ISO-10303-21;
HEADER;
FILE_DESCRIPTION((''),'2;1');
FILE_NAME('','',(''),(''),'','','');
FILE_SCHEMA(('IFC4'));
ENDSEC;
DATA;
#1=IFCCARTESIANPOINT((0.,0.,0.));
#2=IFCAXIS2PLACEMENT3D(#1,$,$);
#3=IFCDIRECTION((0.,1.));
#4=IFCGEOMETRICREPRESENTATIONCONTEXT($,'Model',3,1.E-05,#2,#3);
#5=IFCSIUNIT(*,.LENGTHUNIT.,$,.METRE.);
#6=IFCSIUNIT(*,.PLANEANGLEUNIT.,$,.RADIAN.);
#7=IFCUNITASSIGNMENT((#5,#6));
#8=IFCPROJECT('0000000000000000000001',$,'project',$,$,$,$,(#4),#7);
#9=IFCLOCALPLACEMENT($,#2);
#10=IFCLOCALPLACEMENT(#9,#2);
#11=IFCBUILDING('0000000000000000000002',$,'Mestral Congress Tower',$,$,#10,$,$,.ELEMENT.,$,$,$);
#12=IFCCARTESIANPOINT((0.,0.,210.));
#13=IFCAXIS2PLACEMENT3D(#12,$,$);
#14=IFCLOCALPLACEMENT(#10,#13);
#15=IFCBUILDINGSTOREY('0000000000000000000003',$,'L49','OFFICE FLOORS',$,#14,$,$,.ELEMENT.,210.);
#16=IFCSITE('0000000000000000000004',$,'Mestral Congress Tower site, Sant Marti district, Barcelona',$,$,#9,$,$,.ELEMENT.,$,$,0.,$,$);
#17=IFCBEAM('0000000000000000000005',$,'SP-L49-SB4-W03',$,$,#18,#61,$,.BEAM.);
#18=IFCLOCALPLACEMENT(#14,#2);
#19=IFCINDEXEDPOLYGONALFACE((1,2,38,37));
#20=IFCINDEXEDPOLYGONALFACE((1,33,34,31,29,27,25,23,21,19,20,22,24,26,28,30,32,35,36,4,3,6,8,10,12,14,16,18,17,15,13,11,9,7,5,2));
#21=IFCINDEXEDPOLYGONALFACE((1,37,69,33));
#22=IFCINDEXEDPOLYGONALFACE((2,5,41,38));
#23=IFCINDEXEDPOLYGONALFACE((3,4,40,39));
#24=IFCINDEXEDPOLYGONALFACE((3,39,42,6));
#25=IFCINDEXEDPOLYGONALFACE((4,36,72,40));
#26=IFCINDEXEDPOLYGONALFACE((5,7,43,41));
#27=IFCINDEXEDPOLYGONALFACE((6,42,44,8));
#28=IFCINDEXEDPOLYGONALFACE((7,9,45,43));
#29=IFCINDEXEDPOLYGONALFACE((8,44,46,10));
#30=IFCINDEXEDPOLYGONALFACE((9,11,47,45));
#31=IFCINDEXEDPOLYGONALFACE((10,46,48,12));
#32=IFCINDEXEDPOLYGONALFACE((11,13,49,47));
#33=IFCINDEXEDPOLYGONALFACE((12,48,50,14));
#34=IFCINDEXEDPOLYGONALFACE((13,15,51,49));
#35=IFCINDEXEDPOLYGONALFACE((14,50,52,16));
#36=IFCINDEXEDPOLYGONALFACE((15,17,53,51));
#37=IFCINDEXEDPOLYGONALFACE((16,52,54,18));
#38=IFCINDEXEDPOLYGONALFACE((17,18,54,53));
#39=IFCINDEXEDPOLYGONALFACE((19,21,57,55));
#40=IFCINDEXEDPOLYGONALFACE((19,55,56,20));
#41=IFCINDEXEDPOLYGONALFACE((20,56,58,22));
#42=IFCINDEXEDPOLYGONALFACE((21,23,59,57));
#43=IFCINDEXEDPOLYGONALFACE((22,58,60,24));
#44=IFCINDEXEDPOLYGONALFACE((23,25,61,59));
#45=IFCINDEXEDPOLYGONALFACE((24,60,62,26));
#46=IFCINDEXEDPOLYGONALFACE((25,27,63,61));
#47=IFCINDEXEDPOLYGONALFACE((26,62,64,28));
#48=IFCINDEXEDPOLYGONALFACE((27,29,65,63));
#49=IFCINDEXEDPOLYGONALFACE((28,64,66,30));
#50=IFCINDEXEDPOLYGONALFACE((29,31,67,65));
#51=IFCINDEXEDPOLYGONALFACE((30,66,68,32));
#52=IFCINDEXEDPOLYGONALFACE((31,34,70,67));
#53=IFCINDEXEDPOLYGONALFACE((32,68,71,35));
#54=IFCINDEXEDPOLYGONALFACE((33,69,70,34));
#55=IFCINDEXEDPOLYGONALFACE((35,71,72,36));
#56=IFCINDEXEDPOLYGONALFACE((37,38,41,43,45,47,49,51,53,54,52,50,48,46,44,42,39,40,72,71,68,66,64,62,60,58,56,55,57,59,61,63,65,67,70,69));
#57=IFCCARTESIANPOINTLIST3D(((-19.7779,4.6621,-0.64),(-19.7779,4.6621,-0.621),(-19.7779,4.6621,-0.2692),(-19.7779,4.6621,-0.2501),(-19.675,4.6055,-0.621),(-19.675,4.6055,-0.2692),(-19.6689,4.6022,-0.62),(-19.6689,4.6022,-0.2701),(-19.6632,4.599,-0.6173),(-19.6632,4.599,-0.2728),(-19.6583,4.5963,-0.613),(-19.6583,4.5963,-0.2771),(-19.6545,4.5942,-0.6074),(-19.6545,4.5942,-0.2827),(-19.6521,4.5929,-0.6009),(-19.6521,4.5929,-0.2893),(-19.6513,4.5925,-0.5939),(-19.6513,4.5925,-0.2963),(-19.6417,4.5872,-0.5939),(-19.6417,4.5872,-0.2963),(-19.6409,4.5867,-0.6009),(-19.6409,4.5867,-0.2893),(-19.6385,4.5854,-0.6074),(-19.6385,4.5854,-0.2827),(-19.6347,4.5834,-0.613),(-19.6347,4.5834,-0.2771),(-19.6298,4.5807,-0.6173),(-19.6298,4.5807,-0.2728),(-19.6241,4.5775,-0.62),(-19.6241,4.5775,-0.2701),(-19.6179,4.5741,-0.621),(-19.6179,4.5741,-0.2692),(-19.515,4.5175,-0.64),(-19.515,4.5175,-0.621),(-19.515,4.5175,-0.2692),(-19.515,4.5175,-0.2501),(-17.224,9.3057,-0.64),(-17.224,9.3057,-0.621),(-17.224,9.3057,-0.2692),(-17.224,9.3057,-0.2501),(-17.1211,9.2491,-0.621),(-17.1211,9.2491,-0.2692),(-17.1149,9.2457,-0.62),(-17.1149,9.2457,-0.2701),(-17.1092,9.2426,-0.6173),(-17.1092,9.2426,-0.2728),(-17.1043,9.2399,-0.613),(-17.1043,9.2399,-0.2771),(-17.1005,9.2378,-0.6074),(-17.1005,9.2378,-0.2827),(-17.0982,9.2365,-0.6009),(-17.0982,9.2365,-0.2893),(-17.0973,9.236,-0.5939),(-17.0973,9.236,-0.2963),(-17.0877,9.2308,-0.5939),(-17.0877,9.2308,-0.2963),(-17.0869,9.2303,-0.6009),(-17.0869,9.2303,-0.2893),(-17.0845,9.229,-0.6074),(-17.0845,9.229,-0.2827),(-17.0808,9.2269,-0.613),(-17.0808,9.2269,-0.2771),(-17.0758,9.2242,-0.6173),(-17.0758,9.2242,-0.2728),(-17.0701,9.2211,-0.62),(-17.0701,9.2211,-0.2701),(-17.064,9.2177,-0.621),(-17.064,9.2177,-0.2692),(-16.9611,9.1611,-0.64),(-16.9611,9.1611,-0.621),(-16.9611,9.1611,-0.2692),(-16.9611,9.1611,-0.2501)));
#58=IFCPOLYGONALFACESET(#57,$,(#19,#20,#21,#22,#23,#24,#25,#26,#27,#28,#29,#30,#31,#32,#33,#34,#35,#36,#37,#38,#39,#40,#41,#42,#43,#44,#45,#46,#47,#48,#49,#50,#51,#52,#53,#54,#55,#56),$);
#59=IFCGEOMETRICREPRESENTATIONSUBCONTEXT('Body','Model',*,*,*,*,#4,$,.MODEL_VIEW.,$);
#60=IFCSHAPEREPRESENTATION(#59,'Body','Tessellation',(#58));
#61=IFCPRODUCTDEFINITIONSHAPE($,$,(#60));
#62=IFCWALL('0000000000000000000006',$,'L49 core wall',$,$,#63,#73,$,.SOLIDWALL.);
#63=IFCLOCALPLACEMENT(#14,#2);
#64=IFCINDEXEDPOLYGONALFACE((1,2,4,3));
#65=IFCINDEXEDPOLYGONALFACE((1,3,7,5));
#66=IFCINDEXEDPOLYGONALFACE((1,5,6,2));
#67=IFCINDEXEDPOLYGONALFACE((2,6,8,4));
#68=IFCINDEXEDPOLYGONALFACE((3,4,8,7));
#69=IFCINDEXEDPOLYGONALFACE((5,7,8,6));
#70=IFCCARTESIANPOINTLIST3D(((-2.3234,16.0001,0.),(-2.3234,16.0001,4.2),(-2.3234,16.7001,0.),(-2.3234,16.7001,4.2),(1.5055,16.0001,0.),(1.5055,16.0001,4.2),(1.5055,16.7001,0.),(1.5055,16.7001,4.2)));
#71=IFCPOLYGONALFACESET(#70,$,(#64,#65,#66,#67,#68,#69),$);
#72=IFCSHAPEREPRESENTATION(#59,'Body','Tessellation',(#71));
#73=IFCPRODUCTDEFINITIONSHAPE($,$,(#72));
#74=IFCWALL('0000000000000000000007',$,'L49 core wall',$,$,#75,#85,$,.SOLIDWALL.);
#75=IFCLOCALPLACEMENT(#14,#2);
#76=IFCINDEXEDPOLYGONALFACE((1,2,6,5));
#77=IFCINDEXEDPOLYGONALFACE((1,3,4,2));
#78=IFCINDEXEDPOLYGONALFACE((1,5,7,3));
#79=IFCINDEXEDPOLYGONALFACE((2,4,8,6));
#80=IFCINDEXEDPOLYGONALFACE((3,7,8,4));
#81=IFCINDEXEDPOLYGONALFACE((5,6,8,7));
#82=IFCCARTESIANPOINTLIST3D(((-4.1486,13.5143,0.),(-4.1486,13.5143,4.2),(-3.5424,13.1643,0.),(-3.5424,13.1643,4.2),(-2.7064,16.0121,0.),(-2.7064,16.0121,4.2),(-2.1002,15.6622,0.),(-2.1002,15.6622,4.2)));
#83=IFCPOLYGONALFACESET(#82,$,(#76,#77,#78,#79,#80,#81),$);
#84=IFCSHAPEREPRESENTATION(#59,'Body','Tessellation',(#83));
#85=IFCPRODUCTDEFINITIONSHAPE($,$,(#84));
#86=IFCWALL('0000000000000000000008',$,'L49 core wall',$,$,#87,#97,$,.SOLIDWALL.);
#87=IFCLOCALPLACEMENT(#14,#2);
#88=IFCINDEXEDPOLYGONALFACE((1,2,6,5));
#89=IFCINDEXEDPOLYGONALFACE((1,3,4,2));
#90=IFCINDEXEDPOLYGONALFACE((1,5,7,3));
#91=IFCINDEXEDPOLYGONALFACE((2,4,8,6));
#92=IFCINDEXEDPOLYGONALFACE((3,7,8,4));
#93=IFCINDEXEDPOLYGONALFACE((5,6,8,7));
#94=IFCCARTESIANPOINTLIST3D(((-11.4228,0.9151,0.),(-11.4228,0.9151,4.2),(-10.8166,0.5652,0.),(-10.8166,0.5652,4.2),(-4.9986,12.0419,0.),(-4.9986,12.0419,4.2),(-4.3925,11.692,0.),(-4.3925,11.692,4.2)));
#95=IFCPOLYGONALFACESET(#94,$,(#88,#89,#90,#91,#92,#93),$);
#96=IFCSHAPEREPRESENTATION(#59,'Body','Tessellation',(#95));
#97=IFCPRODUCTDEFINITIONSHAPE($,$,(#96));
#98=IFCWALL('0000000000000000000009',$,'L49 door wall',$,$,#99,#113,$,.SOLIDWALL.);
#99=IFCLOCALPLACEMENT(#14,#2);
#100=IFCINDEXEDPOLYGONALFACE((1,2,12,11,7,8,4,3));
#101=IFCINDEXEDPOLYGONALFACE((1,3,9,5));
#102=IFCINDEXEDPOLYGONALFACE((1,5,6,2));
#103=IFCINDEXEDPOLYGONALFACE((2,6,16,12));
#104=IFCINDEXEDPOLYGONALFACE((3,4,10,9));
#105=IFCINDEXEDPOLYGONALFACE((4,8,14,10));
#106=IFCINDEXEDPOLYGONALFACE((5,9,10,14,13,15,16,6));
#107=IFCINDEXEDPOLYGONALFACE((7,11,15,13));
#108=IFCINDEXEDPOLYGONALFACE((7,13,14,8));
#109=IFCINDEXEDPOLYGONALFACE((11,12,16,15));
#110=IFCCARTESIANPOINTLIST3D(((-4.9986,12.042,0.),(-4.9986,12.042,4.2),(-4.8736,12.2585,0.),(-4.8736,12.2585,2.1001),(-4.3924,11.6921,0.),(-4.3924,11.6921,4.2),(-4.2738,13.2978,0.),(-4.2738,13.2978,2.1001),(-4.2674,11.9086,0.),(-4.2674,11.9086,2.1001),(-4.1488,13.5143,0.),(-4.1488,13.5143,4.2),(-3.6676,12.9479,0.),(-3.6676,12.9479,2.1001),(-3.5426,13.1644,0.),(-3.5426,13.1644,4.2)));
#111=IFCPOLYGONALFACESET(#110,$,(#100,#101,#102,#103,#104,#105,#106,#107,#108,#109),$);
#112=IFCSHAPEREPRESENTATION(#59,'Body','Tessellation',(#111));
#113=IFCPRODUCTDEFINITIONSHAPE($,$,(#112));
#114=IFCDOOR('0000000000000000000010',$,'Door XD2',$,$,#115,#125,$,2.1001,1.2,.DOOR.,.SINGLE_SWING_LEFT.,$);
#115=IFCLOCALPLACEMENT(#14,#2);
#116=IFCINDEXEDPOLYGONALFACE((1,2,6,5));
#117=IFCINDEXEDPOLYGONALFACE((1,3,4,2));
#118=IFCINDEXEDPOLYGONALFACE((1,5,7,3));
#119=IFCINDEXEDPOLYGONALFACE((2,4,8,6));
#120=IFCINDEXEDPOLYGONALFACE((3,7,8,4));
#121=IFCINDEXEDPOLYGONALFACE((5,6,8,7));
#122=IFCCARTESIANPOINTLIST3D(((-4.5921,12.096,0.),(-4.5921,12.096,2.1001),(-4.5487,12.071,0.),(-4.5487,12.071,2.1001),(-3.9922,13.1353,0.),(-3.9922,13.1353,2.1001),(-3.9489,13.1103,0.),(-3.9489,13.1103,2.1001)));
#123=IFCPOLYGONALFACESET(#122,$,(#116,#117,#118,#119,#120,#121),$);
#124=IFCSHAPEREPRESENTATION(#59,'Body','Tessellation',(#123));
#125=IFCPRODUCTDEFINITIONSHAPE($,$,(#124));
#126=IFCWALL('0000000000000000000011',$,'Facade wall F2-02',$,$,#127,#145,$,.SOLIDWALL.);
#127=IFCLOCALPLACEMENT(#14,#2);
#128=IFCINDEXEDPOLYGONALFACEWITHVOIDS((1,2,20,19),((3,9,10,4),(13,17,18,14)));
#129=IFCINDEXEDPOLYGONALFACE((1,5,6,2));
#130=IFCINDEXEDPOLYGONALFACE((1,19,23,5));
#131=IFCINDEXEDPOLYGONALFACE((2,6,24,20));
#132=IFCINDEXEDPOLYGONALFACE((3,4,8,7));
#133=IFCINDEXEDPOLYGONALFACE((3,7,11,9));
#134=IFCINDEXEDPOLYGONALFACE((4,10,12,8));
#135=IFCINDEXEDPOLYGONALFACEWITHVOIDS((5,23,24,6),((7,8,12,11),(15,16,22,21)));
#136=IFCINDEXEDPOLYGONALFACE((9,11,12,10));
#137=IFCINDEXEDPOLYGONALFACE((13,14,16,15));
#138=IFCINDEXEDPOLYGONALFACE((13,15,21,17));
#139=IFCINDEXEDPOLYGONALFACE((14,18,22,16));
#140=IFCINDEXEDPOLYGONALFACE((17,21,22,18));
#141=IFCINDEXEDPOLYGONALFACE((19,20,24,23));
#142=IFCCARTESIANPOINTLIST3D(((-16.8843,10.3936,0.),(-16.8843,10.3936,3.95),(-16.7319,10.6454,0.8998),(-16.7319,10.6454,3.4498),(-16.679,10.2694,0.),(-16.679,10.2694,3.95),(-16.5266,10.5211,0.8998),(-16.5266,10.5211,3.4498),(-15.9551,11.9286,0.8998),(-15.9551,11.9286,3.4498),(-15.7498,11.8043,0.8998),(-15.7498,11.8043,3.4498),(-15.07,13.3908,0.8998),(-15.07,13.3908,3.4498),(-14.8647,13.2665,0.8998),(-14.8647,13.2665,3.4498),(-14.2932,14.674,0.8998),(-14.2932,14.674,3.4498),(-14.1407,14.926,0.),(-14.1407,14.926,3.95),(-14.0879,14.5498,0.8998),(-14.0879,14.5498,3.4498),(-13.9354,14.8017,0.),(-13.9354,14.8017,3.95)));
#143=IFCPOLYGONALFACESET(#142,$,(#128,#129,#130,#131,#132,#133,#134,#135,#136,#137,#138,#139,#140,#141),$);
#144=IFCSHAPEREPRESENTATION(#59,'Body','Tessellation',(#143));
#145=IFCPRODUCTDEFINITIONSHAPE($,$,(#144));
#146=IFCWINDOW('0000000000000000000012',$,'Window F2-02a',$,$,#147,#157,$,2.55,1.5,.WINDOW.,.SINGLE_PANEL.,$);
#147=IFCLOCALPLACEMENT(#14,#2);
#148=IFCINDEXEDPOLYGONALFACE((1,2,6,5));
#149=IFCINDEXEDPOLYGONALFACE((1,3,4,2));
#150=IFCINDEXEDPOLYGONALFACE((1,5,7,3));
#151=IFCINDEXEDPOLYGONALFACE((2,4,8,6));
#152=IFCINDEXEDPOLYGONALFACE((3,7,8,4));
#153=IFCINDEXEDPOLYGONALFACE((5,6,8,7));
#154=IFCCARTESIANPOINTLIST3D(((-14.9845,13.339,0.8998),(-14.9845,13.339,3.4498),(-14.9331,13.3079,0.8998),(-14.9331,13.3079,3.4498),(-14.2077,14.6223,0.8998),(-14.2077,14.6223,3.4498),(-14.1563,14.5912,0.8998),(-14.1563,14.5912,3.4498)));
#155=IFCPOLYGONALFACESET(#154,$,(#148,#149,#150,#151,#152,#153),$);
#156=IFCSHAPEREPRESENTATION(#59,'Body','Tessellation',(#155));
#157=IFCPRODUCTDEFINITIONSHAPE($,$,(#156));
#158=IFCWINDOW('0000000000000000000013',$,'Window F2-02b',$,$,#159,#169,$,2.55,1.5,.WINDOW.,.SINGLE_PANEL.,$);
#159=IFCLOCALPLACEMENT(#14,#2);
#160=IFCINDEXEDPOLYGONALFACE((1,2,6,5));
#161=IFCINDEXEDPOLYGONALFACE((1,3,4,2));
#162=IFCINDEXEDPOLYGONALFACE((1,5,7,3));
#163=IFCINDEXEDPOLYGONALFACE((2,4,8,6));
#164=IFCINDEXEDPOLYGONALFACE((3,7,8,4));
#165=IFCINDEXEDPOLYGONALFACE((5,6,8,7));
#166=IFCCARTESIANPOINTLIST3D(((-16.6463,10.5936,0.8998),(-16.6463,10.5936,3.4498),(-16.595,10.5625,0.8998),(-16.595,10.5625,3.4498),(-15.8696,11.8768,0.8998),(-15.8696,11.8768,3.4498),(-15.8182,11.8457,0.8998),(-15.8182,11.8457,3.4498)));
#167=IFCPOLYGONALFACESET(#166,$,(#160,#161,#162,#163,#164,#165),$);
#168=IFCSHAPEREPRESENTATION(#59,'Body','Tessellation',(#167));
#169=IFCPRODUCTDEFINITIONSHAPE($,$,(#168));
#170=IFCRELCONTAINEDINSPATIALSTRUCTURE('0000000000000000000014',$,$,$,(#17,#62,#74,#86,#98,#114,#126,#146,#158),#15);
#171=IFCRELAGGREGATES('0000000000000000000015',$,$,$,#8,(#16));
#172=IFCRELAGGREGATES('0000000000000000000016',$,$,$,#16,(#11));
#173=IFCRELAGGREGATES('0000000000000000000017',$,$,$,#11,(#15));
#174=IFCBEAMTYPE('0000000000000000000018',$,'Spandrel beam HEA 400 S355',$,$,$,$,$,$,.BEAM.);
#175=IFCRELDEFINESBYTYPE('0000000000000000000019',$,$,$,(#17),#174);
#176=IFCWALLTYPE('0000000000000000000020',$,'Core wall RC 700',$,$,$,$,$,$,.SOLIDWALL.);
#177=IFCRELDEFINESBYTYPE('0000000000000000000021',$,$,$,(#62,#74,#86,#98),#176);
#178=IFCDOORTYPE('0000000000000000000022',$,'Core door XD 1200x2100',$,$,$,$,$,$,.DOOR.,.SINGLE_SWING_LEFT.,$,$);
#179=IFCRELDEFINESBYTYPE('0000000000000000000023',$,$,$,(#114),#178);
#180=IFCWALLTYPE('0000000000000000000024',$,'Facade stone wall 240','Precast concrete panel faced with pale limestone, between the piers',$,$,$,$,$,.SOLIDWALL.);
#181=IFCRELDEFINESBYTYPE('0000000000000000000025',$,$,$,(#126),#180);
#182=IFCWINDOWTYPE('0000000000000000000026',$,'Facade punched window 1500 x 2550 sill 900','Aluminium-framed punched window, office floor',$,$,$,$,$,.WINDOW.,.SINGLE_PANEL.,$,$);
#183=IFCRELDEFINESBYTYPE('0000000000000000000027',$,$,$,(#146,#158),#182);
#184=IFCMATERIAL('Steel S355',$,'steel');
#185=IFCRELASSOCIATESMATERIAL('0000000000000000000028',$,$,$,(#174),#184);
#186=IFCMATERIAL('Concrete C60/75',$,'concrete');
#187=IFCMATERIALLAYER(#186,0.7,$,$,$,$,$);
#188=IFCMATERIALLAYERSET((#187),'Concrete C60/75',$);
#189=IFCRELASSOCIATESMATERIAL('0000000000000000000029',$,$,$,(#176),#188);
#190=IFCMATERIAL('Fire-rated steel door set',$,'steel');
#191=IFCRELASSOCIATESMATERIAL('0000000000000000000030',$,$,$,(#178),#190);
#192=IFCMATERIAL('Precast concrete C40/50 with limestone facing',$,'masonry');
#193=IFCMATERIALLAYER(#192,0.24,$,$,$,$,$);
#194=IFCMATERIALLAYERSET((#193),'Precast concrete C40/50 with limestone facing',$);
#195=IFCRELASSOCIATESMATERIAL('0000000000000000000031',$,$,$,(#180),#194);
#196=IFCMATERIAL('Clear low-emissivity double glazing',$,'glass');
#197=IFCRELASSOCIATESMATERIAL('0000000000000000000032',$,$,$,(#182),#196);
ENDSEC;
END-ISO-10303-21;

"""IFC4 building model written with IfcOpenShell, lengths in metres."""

from ifc_helpers import new_model, si_unit, direction, frame, frame_2d, origin, origin_2d, place, context, subcontext, project, spatial, rectangle, i_section, extrude, material, layer, layer_set, material_profile, profile_set, type_object, element, fill, save


model = new_model("IFC4")

# Units and contexts
model_context = context("Model", 3, precision=1e-05, world=origin(), true_north=direction((0.0, 1.0)))
body_context = subcontext(model_context, "Body", "Model", "MODEL_VIEW")
ifc_project = project(units=[si_unit("LENGTHUNIT", "METRE"), si_unit("PLANEANGLEUNIT", "RADIAN")], contexts=[model_context])

# Site, building, storey
site_placement = place(None, origin())
site = spatial("IfcSite", under=ifc_project, at=site_placement, Name="Mestral Congress Tower site, Sant Marti district, Barcelona", CompositionType="ELEMENT", RefElevation=0.0)
building_placement = place(site_placement, origin())
building = spatial("IfcBuilding", under=site, at=building_placement, Name="Mestral Congress Tower", CompositionType="ELEMENT")
storey_placement = place(building_placement, frame((0.0, 0.0, 210.0)))
storey = spatial("IfcBuildingStorey", under=building, at=storey_placement, Name="L49", Description="OFFICE FLOORS", CompositionType="ELEMENT", Elevation=210.0)

# Shared definitions
ifc_material_1 = material(Name="Concrete C60/75", Category="concrete")

# Beam
ifc_material_2 = material(Name="Steel S355", Category="steel")
ifc_material_profile_1 = material_profile(ifc_material_2, i_section(OverallWidth=0.3, OverallDepth=0.3899, WebThickness=0.011, FlangeThickness=0.019, FilletRadius=0.0271, at=origin_2d()), Name="HEA 400")
ifc_profile_set_1 = profile_set([ifc_material_profile_1], Name="Steel S355")
beam_type_1 = type_object("IfcBeamType", Name="Spandrel beam HEA 400 S355", PredefinedType="BEAM", material=ifc_profile_set_1)
beam_1_placement = place(storey_placement, frame((-17.0925, 9.2334, -0.4451), z_axis=(-0.481919, -0.876216, 0.0), x_axis=(0.876216, -0.481919, 0.0)))
element("IfcBeam", 1, at=beam_1_placement, inside=storey, type_object=beam_type_1, Name="SP-L49-SB4-W03", PredefinedType="BEAM", context=body_context, shape_type="SweptSolid", body=[
    extrude(i_section(OverallWidth=0.3, OverallDepth=0.3899, WebThickness=0.011, FlangeThickness=0.019, FilletRadius=0.0271, at=origin_2d()), origin(), (0.0, 0.0, 1.0), 5.2996),
])

# Walls
ifc_layer_1 = layer(ifc_material_1, 0.7)
ifc_layer_set_1 = layer_set([ifc_layer_1], Name="Concrete C60/75")
wall_type_1 = type_object("IfcWallType", Name="Core wall RC 700", PredefinedType="SOLIDWALL", material=ifc_layer_set_1)
wall_1_placement = place(storey_placement, frame((-2.3235, 16.3501, 0.0), z_axis=(0.0, 0.0, 1.0), x_axis=(1.0, 0.0, 0.0)))
element("IfcWall", 2, at=wall_1_placement, inside=storey, type_object=wall_type_1, Name="L49 core wall", PredefinedType="SOLIDWALL", context=body_context, shape_type="SweptSolid", body=[
    extrude(rectangle(XDim=3.8289, YDim=0.7, at=frame_2d((1.9146, 0.0))), origin(), (0.0, 0.0, 1.0), 4.2),
])
wall_2_placement = place(storey_placement, frame((-2.4033, 15.8372, 0.0), z_axis=(0.0, 0.0, 1.0), x_axis=(-0.500008, -0.866021, 0.0)))
element("IfcWall", 3, at=wall_2_placement, inside=storey, type_object=wall_type_1, Name="L49 core wall", PredefinedType="SOLIDWALL", context=body_context, shape_type="SweptSolid", body=[
    extrude(rectangle(XDim=2.8843, YDim=0.7, at=frame_2d((1.4421, 0.0))), origin(), (0.0, 0.0, 1.0), 4.2),
])
wall_3_placement = place(storey_placement, frame((-4.6956, 11.8669, 0.0), z_axis=(0.0, 0.0, 1.0), x_axis=(-0.500004, -0.866023, 0.0)))
element("IfcWall", 4, at=wall_3_placement, inside=storey, type_object=wall_type_1, Name="L49 core wall", PredefinedType="SOLIDWALL", context=body_context, shape_type="SweptSolid", body=[
    extrude(rectangle(XDim=12.8481, YDim=0.7, at=frame_2d((6.4241, 0.0))), origin(), (0.0, 0.0, 1.0), 4.2),
])

# Wall, opening, door
wall_4_placement = place(storey_placement, frame((-4.6956, 11.8669, 0.0), z_axis=(0.0, 0.0, 1.0), x_axis=(0.499892, 0.866088, 0.0)))
wall_4 = element("IfcWall", 5, at=wall_4_placement, inside=storey, type_object=wall_type_1, Name="L49 door wall", PredefinedType="SOLIDWALL", context=body_context, shape_type="SweptSolid", body=[
    extrude(rectangle(XDim=1.7, YDim=0.7, at=frame_2d((0.8501, 0.0))), origin(), (0.0, 0.0, 1.0), 4.2),
])
opening_1_placement = place(wall_4_placement, frame((0.25, 0.0, 0.0)))
opening_1 = element("IfcOpeningElement", 6, at=opening_1_placement, cuts=wall_4, PredefinedType="OPENING", context=body_context, shape_type="SweptSolid", body=[
    extrude(rectangle(XDim=1.2, YDim=2.1001, at=frame_2d((0.6001, 1.05))), frame((0.0, 0.3599, 0.0), z_axis=(0.0, -1.0, 0.0), x_axis=(1.0, 0.0, 0.0)), (0.0, 0.0, 1.0), 0.72),
])
ifc_material_3 = material(Name="Fire-rated steel door set", Category="steel")
door_type_1 = type_object("IfcDoorType", Name="Core door XD 1200x2100", OperationType="SINGLE_SWING_LEFT", PredefinedType="DOOR", material=ifc_material_3)
door_1_placement = place(opening_1_placement, origin())
door_1 = element("IfcDoor", 7, at=door_1_placement, inside=storey, type_object=door_type_1, Name="Door XD2", OperationType="SINGLE_SWING_LEFT", OverallHeight=2.1001, OverallWidth=1.2, PredefinedType="DOOR", context=body_context, shape_type="SweptSolid", body=[
    extrude(rectangle(XDim=1.2, YDim=2.1001, at=frame_2d((0.6001, 1.05))), frame((0.0, 0.0249, 0.0), z_axis=(0.0, -1.0, 0.0), x_axis=(1.0, 0.0, 0.0)), (0.0, 0.0, 1.0), 0.05),
])
fill(opening_1, door_1)

# Wall, openings, windows
ifc_material_4 = material(Name="Precast concrete C40/50 with limestone facing", Category="masonry")
ifc_layer_2 = layer(ifc_material_4, 0.24)
ifc_layer_set_2 = layer_set([ifc_layer_2], Name="Precast concrete C40/50 with limestone facing")
wall_type_2 = type_object("IfcWallType", Name="Facade stone wall 240", Description="Precast concrete panel faced with pale limestone, between the piers", PredefinedType="SOLIDWALL", material=ifc_layer_set_2)
wall_5_placement = place(storey_placement, frame((-14.0381, 14.8638, 0.0), z_axis=(0.0, 0.0, 1.0), x_axis=(-0.517846, -0.855474, 0.0)))
wall_5 = element("IfcWall", 8, at=wall_5_placement, inside=storey, type_object=wall_type_2, Name="Facade wall F2-02", PredefinedType="SOLIDWALL", context=body_context, shape_type="SweptSolid", body=[
    extrude(rectangle(XDim=5.2981, YDim=0.24, at=frame_2d((2.6489, 0.0))), origin(), (0.0, 0.0, 1.0), 3.95),
])
opening_2_placement = place(wall_5_placement, frame((0.2944, 0.0, 0.8999)))
opening_2 = element("IfcOpeningElement", 9, at=opening_2_placement, cuts=wall_5, PredefinedType="OPENING", context=body_context, shape_type="SweptSolid", body=[
    extrude(rectangle(XDim=1.5, YDim=2.55, at=frame_2d((0.75, 1.2749))), frame((0.0, 0.1299, 0.0), z_axis=(0.0, -1.0, 0.0), x_axis=(1.0, 0.0, 0.0)), (0.0, 0.0, 1.0), 0.26),
])
opening_3_placement = place(wall_5_placement, frame((3.5037, 0.0, 0.8999)))
opening_3 = element("IfcOpeningElement", 10, at=opening_3_placement, cuts=wall_5, PredefinedType="OPENING", context=body_context, shape_type="SweptSolid", body=[
    extrude(rectangle(XDim=1.5, YDim=2.55, at=frame_2d((0.75, 1.2749))), frame((0.0, 0.1299, 0.0), z_axis=(0.0, -1.0, 0.0), x_axis=(1.0, 0.0, 0.0)), (0.0, 0.0, 1.0), 0.26),
])
ifc_material_5 = material(Name="Clear low-emissivity double glazing", Category="glass")
window_type = type_object("IfcWindowType", Name="Facade punched window 1500 x 2550 sill 900", Description="Aluminium-framed punched window, office floor", PartitioningType="SINGLE_PANEL", PredefinedType="WINDOW", material=ifc_material_5)
window_1_placement = place(opening_2_placement, origin())
window_1 = element("IfcWindow", 11, at=window_1_placement, inside=storey, type_object=window_type, Name="Window F2-02a", OverallHeight=2.55, OverallWidth=1.5, PartitioningType="SINGLE_PANEL", PredefinedType="WINDOW", context=body_context, shape_type="SweptSolid", body=[
    extrude(rectangle(XDim=1.5, YDim=2.55, at=frame_2d((0.75, 1.2749))), frame((0.0, 0.04, 0.0), z_axis=(0.0, -1.0, 0.0), x_axis=(1.0, 0.0, 0.0)), (0.0, 0.0, 1.0), 0.0601),
])
fill(opening_2, window_1)
window_2_placement = place(opening_3_placement, origin())
window_2 = element("IfcWindow", 12, at=window_2_placement, inside=storey, type_object=window_type, Name="Window F2-02b", OverallHeight=2.55, OverallWidth=1.5, PartitioningType="SINGLE_PANEL", PredefinedType="WINDOW", context=body_context, shape_type="SweptSolid", body=[
    extrude(rectangle(XDim=1.5, YDim=2.55, at=frame_2d((0.75, 1.2749))), frame((0.0, 0.04, 0.0), z_axis=(0.0, -1.0, 0.0), x_axis=(1.0, 0.0, 0.0)), (0.0, 0.0, 1.0), 0.0601),
])
fill(opening_3, window_2)

save(model, "model.ifc")
